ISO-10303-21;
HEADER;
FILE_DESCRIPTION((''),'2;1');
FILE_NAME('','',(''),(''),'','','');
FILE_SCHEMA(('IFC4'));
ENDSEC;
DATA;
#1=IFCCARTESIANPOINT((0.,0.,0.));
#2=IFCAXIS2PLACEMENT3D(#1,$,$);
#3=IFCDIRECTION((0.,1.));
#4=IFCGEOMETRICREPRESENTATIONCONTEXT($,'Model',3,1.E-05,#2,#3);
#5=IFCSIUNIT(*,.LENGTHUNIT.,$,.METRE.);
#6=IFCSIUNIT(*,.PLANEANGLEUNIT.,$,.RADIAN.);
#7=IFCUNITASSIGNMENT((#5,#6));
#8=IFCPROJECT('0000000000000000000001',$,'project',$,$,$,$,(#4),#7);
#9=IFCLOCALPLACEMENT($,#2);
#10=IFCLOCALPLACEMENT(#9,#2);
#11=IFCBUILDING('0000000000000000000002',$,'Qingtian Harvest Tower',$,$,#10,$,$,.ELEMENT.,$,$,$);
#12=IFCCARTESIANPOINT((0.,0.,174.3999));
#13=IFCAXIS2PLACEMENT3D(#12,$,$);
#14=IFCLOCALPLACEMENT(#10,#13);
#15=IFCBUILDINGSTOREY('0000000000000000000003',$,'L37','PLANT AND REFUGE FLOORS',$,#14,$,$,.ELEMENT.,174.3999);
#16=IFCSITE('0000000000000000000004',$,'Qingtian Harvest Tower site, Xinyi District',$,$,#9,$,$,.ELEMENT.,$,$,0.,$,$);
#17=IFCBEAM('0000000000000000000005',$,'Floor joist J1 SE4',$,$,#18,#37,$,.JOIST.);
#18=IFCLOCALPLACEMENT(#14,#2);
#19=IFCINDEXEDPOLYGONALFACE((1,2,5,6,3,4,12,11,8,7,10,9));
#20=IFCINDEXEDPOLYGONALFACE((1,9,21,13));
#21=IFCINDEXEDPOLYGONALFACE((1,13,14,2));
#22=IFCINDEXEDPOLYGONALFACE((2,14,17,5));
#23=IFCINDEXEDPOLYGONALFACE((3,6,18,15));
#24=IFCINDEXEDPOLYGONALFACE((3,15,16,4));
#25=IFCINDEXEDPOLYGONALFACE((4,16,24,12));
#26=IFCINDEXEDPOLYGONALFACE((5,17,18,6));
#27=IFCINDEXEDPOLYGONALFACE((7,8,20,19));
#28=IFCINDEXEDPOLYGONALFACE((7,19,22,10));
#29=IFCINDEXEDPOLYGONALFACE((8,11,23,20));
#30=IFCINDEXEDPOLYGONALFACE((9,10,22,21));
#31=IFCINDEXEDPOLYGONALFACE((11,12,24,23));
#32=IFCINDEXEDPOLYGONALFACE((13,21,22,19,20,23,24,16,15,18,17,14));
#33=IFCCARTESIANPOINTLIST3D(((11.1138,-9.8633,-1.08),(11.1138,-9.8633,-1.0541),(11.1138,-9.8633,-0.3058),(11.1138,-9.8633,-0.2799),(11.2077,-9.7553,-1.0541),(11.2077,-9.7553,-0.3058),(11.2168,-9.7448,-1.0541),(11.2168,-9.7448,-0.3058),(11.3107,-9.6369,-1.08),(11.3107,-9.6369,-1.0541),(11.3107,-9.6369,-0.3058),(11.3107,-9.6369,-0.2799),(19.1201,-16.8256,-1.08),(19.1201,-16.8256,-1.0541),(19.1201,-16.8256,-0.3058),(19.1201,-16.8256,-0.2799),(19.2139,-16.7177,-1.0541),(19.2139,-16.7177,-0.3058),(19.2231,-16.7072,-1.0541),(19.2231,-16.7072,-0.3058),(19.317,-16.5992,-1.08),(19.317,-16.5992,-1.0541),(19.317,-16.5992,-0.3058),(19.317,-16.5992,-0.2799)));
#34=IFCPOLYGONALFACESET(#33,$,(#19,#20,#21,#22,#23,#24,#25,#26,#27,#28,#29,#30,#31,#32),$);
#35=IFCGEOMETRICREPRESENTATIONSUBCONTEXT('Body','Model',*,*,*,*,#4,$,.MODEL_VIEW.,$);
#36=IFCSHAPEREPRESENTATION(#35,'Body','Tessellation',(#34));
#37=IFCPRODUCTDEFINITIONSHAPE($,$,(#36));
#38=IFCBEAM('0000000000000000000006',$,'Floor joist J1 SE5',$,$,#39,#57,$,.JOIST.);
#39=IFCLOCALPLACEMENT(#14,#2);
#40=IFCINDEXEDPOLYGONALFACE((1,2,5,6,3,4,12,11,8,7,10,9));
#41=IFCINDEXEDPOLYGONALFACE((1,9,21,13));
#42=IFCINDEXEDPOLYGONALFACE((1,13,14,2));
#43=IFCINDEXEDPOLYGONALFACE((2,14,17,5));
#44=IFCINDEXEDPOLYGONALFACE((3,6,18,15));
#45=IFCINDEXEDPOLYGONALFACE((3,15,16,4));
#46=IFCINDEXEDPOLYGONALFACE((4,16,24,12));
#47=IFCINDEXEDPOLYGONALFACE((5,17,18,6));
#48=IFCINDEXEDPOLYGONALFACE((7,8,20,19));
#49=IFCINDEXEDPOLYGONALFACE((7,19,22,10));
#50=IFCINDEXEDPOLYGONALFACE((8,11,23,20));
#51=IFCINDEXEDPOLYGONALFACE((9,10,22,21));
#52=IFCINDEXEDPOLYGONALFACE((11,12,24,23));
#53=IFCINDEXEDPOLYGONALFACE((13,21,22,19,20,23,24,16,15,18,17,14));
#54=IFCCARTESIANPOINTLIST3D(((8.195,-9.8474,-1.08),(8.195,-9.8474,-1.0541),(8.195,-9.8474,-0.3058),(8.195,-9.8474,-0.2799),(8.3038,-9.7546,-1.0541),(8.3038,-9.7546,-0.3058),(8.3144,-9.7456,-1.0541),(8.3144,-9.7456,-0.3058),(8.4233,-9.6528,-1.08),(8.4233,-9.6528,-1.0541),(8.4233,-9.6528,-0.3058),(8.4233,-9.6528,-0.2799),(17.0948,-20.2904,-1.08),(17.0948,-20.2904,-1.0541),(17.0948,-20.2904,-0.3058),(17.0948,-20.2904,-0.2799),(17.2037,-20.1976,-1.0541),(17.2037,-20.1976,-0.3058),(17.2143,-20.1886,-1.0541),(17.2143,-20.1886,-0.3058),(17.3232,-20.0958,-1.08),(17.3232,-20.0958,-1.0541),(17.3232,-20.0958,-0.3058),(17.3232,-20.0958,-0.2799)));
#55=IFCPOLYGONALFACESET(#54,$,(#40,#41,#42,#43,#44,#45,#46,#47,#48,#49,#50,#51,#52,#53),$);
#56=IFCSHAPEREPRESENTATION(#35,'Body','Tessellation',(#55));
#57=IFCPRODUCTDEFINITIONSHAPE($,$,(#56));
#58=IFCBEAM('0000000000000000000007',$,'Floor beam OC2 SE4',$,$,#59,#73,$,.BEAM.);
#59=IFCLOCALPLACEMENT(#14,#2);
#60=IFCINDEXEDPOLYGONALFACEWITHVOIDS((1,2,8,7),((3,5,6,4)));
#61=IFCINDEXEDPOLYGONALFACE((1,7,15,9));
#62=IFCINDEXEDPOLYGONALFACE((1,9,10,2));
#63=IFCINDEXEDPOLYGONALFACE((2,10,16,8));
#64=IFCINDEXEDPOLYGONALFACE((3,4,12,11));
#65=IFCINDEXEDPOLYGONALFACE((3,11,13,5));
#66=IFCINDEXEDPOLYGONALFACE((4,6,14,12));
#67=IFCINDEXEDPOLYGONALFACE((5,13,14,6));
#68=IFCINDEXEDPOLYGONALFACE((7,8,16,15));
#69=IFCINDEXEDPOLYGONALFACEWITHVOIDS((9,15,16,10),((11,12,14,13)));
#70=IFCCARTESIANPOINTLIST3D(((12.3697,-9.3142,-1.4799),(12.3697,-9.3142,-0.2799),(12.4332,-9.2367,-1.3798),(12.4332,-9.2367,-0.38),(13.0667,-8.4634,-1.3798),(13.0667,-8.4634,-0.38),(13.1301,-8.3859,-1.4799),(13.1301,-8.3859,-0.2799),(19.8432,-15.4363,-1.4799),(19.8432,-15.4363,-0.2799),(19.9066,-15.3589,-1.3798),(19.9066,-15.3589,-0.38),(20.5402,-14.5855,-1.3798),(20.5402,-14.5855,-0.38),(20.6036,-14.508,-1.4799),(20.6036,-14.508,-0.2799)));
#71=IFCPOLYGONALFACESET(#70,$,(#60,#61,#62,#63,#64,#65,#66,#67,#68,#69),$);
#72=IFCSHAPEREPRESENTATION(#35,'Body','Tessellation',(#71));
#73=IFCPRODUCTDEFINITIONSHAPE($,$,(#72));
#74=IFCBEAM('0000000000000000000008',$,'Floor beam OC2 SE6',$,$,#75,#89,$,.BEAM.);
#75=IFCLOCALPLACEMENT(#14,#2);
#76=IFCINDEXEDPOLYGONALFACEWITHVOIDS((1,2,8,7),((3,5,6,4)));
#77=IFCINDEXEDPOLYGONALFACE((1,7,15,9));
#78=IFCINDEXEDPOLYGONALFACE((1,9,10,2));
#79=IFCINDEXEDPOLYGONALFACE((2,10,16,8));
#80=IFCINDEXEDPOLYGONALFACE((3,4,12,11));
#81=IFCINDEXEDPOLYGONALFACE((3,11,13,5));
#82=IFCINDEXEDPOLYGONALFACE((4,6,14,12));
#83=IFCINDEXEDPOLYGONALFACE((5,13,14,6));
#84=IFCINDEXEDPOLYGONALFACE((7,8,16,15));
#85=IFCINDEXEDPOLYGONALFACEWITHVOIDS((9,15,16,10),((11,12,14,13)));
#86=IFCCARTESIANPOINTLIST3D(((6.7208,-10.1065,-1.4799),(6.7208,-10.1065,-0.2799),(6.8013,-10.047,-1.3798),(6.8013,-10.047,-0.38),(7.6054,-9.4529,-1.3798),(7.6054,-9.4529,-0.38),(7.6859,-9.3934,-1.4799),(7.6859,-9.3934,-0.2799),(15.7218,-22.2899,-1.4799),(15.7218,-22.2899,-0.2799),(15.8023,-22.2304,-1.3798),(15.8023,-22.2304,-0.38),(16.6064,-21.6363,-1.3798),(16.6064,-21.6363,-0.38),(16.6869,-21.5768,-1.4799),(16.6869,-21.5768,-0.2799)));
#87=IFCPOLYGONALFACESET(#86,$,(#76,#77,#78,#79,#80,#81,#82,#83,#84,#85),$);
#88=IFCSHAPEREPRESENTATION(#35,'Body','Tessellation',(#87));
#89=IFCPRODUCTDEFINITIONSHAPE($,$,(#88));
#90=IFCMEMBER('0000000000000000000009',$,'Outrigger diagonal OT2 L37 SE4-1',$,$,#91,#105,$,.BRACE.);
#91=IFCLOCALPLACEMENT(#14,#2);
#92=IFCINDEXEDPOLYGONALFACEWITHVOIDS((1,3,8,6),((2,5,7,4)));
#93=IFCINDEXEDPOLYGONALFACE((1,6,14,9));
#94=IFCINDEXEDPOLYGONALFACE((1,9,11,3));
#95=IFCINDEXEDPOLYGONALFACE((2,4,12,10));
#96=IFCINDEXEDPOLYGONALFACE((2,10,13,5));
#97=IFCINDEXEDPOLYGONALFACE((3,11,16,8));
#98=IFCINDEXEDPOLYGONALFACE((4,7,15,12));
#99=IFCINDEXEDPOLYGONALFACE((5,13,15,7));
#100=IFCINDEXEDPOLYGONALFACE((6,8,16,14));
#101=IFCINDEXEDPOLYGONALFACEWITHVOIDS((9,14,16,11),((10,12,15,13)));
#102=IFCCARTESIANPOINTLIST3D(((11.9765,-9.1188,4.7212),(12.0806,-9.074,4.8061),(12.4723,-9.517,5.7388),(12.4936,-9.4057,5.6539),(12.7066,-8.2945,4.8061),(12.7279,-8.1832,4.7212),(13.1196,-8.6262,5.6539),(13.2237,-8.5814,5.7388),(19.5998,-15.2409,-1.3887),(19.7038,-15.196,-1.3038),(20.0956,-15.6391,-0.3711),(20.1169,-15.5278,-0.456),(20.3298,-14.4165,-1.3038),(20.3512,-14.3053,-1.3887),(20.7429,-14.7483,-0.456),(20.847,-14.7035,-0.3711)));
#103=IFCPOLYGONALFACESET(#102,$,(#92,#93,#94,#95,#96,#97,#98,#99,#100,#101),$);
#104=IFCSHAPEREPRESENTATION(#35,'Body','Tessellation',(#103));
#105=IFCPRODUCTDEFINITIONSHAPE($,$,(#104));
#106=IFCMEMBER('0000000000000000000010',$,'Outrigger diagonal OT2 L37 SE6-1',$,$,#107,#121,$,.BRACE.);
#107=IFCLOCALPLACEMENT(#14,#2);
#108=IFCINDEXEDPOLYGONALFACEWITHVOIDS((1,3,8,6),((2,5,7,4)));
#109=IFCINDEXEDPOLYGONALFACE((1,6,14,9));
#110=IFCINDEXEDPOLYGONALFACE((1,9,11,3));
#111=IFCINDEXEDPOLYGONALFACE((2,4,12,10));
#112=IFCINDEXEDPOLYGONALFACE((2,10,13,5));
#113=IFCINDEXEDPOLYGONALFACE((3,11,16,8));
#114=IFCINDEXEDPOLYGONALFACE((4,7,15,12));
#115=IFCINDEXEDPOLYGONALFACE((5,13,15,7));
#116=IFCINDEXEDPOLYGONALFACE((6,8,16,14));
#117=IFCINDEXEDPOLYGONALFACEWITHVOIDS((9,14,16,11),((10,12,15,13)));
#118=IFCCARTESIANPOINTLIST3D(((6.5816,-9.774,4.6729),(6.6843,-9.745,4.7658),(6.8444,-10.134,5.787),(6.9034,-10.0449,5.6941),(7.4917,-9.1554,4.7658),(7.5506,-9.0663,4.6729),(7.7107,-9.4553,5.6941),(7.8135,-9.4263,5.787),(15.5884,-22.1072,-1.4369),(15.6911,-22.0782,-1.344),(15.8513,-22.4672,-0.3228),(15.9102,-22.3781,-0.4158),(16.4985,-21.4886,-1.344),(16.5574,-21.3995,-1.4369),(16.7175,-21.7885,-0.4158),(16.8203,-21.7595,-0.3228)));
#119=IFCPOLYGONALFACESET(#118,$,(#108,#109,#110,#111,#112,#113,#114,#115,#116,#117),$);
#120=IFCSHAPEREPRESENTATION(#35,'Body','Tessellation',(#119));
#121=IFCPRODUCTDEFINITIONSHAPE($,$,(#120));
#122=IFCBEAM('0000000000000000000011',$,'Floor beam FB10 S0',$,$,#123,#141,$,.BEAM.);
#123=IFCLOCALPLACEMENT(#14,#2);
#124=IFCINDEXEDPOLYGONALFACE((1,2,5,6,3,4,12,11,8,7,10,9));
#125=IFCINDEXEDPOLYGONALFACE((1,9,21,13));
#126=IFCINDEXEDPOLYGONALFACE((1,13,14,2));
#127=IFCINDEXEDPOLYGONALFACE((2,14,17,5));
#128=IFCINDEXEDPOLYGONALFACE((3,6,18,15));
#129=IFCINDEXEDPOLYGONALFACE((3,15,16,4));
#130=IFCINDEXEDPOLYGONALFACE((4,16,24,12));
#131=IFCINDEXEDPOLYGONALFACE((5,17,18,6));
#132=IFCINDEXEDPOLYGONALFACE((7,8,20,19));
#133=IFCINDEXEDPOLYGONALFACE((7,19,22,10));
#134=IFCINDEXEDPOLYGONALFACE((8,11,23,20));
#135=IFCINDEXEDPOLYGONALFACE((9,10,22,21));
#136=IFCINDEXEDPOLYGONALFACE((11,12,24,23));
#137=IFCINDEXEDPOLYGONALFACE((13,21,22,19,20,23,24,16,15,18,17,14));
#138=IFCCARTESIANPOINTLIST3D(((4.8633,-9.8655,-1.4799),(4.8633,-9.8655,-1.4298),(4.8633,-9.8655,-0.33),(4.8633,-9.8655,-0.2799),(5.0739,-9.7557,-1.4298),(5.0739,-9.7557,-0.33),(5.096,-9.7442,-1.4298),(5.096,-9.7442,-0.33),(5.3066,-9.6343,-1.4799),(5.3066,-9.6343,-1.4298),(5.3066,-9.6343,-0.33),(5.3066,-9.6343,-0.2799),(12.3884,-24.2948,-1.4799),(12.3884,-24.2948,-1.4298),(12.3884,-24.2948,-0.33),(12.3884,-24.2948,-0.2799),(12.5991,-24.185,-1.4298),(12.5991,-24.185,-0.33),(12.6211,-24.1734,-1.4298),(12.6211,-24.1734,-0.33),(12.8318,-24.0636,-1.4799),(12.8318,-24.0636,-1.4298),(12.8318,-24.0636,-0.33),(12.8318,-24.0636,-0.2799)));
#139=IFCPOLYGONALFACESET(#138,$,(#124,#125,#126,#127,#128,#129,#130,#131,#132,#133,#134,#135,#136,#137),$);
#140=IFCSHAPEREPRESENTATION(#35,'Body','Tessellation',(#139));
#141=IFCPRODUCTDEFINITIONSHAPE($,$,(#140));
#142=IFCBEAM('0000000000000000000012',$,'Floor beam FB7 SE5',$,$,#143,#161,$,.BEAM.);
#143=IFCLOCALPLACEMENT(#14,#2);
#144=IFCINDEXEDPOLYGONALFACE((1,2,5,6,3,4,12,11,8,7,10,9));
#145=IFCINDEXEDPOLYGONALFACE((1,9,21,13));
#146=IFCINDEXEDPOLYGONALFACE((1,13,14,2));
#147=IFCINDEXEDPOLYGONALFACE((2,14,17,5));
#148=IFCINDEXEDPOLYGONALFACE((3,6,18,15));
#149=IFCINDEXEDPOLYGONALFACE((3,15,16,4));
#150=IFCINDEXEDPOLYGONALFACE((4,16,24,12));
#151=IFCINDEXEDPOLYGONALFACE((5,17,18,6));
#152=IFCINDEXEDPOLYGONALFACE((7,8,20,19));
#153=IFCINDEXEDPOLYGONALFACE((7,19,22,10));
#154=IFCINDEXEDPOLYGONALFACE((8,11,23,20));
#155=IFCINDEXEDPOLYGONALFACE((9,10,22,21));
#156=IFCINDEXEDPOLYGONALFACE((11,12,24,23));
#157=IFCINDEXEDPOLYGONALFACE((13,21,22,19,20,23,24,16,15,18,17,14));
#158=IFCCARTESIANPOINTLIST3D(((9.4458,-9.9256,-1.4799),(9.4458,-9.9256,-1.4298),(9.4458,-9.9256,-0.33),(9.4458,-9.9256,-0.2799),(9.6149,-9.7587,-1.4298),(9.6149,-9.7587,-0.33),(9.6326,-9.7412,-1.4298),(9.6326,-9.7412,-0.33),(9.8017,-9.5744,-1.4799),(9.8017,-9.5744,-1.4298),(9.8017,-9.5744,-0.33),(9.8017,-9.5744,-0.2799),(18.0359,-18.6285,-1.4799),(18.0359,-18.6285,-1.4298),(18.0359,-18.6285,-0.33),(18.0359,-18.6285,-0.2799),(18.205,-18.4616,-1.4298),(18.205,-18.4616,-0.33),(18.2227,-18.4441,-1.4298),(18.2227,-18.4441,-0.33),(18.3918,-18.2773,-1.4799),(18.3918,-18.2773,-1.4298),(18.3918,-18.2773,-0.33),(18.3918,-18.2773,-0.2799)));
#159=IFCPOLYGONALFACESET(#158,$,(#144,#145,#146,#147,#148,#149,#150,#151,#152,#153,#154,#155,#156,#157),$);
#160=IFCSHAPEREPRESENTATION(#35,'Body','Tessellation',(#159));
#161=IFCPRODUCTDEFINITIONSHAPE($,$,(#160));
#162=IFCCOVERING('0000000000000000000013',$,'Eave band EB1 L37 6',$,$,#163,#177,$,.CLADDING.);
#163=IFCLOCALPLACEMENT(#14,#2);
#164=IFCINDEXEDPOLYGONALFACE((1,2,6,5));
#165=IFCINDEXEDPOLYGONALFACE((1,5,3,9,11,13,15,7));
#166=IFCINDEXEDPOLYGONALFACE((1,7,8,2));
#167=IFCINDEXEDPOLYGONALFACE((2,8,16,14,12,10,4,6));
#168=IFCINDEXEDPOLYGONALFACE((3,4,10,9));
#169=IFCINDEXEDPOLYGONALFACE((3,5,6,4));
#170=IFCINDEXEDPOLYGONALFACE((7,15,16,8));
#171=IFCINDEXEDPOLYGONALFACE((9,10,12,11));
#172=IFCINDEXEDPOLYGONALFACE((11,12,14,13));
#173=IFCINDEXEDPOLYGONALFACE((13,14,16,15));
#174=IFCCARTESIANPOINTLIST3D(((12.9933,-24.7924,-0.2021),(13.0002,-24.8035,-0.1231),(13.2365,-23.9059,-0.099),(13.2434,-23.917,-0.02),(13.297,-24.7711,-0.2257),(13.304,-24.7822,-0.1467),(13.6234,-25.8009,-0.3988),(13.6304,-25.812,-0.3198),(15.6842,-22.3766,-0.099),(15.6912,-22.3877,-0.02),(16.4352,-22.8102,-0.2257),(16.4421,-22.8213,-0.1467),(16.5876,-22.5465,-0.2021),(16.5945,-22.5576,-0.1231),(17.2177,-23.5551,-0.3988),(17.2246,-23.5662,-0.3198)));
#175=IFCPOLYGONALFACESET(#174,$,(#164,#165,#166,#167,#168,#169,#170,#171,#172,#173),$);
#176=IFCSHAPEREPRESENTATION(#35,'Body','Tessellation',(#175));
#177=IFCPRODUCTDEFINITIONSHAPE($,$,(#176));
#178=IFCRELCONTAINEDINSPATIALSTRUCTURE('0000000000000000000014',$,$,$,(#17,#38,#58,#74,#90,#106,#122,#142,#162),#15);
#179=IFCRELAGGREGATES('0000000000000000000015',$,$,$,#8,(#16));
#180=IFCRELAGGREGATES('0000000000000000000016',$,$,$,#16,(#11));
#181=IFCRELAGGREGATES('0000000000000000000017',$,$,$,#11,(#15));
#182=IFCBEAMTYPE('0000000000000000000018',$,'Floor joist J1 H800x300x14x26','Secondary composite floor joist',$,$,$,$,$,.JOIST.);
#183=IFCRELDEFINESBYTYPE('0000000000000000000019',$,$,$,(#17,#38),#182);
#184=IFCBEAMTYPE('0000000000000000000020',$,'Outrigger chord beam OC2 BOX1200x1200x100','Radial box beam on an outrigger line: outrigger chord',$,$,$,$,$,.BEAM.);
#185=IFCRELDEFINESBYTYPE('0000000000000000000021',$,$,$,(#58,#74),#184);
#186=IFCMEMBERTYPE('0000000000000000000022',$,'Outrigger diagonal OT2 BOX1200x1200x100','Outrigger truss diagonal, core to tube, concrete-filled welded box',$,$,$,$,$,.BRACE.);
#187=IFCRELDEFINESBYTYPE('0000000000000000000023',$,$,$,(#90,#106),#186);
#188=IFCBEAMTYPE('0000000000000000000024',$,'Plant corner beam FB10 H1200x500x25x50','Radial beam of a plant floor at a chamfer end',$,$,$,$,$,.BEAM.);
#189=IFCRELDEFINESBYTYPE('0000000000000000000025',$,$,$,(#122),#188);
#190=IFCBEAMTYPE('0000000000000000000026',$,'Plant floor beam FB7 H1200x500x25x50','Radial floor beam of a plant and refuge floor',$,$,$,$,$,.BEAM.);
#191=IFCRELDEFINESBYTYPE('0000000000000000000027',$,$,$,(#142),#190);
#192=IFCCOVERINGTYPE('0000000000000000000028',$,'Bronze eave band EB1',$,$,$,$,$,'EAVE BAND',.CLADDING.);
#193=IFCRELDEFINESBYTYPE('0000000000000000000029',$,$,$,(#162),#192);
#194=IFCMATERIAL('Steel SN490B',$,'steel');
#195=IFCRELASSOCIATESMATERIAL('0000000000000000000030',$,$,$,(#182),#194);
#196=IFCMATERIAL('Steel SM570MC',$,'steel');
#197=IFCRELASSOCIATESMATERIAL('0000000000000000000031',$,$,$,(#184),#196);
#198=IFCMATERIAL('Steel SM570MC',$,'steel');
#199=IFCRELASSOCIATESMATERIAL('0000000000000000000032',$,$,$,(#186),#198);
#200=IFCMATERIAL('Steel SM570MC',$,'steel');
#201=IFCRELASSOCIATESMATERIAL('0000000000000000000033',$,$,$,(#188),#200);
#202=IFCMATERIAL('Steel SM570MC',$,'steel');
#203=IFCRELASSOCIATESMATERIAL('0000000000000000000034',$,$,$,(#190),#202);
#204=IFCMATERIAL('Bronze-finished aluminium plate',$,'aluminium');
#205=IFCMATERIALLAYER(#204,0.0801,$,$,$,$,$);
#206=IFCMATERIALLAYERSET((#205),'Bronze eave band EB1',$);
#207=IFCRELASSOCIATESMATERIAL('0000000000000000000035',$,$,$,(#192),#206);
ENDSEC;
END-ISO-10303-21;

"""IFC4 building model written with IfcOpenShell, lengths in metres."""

from ifc_helpers import new_model, si_unit, direction, frame, origin, origin_2d, place, context, subcontext, project, spatial, polyline, hollow_rectangle, i_section, outline, extrude, material, layer, layer_set, material_profile, profile_set, type_object, element, save


model = new_model("IFC4")

# Units and contexts
model_context = context("Model", 3, precision=1e-05, world=origin(), true_north=direction((0.0, 1.0)))
body_context = subcontext(model_context, "Body", "Model", "MODEL_VIEW")
ifc_project = project(units=[si_unit("LENGTHUNIT", "METRE"), si_unit("PLANEANGLEUNIT", "RADIAN")], contexts=[model_context])

# Site, building, storey
site_placement = place(None, origin())
site = spatial("IfcSite", under=ifc_project, at=site_placement, Name="Qingtian Harvest Tower site, Xinyi District", CompositionType="ELEMENT", RefElevation=0.0)
building_placement = place(site_placement, origin())
building = spatial("IfcBuilding", under=site, at=building_placement, Name="Qingtian Harvest Tower", CompositionType="ELEMENT")
storey_placement = place(building_placement, frame((0.0, 0.0, 174.3999)))
storey = spatial("IfcBuildingStorey", under=building, at=storey_placement, Name="L37", Description="PLANT AND REFUGE FLOORS", CompositionType="ELEMENT", Elevation=174.3999)

# Beams
ifc_material_1 = material(Name="Steel SN490B", Category="steel")
ifc_material_profile_1 = material_profile(ifc_material_1, i_section(OverallWidth=0.3, OverallDepth=0.8, WebThickness=0.0139, FlangeThickness=0.0259, at=origin_2d()), Name="H800x300x14x26")
ifc_profile_set_1 = profile_set([ifc_material_profile_1], Name="Steel SN490B")
beam_type_1 = type_object("IfcBeamType", Name="Floor joist J1 H800x300x14x26", Description="Secondary composite floor joist", PredefinedType="JOIST", material=ifc_profile_set_1)
beam_1_placement = place(storey_placement, frame((19.2185, -16.7124, -0.6799), z_axis=(-0.754589, 0.656198, 0.0), x_axis=(-0.656198, -0.754589, 0.0)))
element("IfcBeam", 1, at=beam_1_placement, inside=storey, type_object=beam_type_1, Name="Floor joist J1 SE4", PredefinedType="JOIST", context=body_context, shape_type="SweptSolid", body=[
    extrude(i_section(OverallWidth=0.3, OverallDepth=0.8, WebThickness=0.0139, FlangeThickness=0.0259, at=origin_2d()), origin(), (0.0, 0.0, 1.0), 10.6101),
])
beam_2_placement = place(storey_placement, frame((17.209, -20.1931, -0.6799), z_axis=(-0.648632, 0.761102, 0.0), x_axis=(-0.761102, -0.648632, 0.0)))
element("IfcBeam", 2, at=beam_2_placement, inside=storey, type_object=beam_type_1, Name="Floor joist J1 SE5", PredefinedType="JOIST", context=body_context, shape_type="SweptSolid", body=[
    extrude(i_section(OverallWidth=0.3, OverallDepth=0.8, WebThickness=0.0139, FlangeThickness=0.0259, at=origin_2d()), origin(), (0.0, 0.0, 1.0), 13.7209),
])
ifc_material_2 = material(Name="Steel SM570MC", Category="steel")
ifc_material_profile_2 = material_profile(ifc_material_2, hollow_rectangle(XDim=1.2, YDim=1.2, WallThickness=0.1001, at=origin_2d()), Name="BOX1200x1200x100")
ifc_profile_set_2 = profile_set([ifc_material_profile_2], Name="Steel SM570MC")
beam_type_2 = type_object("IfcBeamType", Name="Outrigger chord beam OC2 BOX1200x1200x100", Description="Radial box beam on an outrigger line: outrigger chord", PredefinedType="BEAM", material=ifc_profile_set_2)
beam_3_placement = place(storey_placement, frame((20.2234, -14.9722, -0.8799), z_axis=(-0.773578, 0.633701, 0.0), x_axis=(-0.633701, -0.773578, 0.0)))
element("IfcBeam", 3, at=beam_3_placement, inside=storey, type_object=beam_type_2, Name="Floor beam OC2 SE4", PredefinedType="BEAM", context=body_context, shape_type="SweptSolid", body=[
    extrude(hollow_rectangle(XDim=1.2, YDim=1.2, WallThickness=0.1001, at=origin_2d()), origin(), (0.0, 0.0, 1.0), 9.6609),
])
beam_4_placement = place(storey_placement, frame((16.2043, -21.9333, -0.8799), z_axis=(-0.594216, 0.804306, 0.0), x_axis=(-0.804306, -0.594216, 0.0)))
element("IfcBeam", 4, at=beam_4_placement, inside=storey, type_object=beam_type_2, Name="Floor beam OC2 SE6", PredefinedType="BEAM", context=body_context, shape_type="SweptSolid", body=[
    extrude(hollow_rectangle(XDim=1.2, YDim=1.2, WallThickness=0.1001, at=origin_2d()), origin(), (0.0, 0.0, 1.0), 15.1477),
])

# Members
ifc_material_3 = material(Name="Steel SM570MC", Category="steel")
ifc_material_profile_3 = material_profile(ifc_material_3, hollow_rectangle(XDim=1.2, YDim=1.2, WallThickness=0.1001, at=origin_2d()), Name="BOX1200x1200x100")
ifc_profile_set_3 = profile_set([ifc_material_profile_3], Name="Steel SM570MC")
member_type_1 = type_object("IfcMemberType", Name="Outrigger diagonal OT2 BOX1200x1200x100", Description="Outrigger truss diagonal, core to tube, concrete-filled welded box", PredefinedType="BRACE", material=ifc_profile_set_3)
member_1_placement = place(storey_placement, frame((20.2234, -14.9722, -0.8799), z_axis=(-0.66121, 0.531001, 0.529942), x_axis=(-0.626156, -0.779698, 0.0)))
element("IfcMember", 5, at=member_1_placement, inside=storey, type_object=member_type_1, Name="Outrigger diagonal OT2 L37 SE4-1", PredefinedType="BRACE", context=body_context, shape_type="SweptSolid", body=[
    extrude(hollow_rectangle(XDim=1.2, YDim=1.2, WallThickness=0.1001, at=origin_2d()), origin(), (0.0, 0.0, 1.0), 11.5293),
])
member_2_placement = place(storey_placement, frame((16.2043, -21.9333, -0.8799), z_axis=(-0.547568, 0.749797, 0.371448), x_axis=(-0.807576, -0.589764, 0.0)))
element("IfcMember", 6, at=member_2_placement, inside=storey, type_object=member_type_1, Name="Outrigger diagonal OT2 L37 SE6-1", PredefinedType="BRACE", context=body_context, shape_type="SweptSolid", body=[
    extrude(hollow_rectangle(XDim=1.2, YDim=1.2, WallThickness=0.1001, at=origin_2d()), origin(), (0.0, 0.0, 1.0), 16.4487),
])

# Beams
ifc_material_4 = material(Name="Steel SM570MC", Category="steel")
ifc_material_profile_4 = material_profile(ifc_material_4, i_section(OverallWidth=0.5, OverallDepth=1.2, WebThickness=0.0249, FlangeThickness=0.05, at=origin_2d()), Name="H1200x500x25x50")
ifc_profile_set_4 = profile_set([ifc_material_profile_4], Name="Steel SM570MC")
beam_type_3 = type_object("IfcBeamType", Name="Plant corner beam FB10 H1200x500x25x50", Description="Radial beam of a plant floor at a chamfer end", PredefinedType="BEAM", material=ifc_profile_set_4)
beam_5_placement = place(storey_placement, frame((12.6101, -24.1792, -0.8799), z_axis=(-0.462415, 0.886664, 0.0), x_axis=(-0.886664, -0.462415, 0.0)))
element("IfcBeam", 7, at=beam_5_placement, inside=storey, type_object=beam_type_3, Name="Floor beam FB10 S0", PredefinedType="BEAM", context=body_context, shape_type="SweptSolid", body=[
    extrude(i_section(OverallWidth=0.5, OverallDepth=1.2, WebThickness=0.0249, FlangeThickness=0.05, at=origin_2d()), origin(), (0.0, 0.0, 1.0), 16.2737),
])
ifc_material_5 = material(Name="Steel SM570MC", Category="steel")
ifc_material_profile_5 = material_profile(ifc_material_5, i_section(OverallWidth=0.5, OverallDepth=1.2, WebThickness=0.0249, FlangeThickness=0.05, at=origin_2d()), Name="H1200x500x25x50")
ifc_profile_set_5 = profile_set([ifc_material_profile_5], Name="Steel SM570MC")
beam_type_4 = type_object("IfcBeamType", Name="Plant floor beam FB7 H1200x500x25x50", Description="Radial floor beam of a plant and refuge floor", PredefinedType="BEAM", material=ifc_profile_set_5)
beam_6_placement = place(storey_placement, frame((18.2139, -18.4529, -0.8799), z_axis=(-0.70248, 0.711704, 0.0), x_axis=(-0.711704, -0.70248, 0.0)))
element("IfcBeam", 8, at=beam_6_placement, inside=storey, type_object=beam_type_4, Name="Floor beam FB7 SE5", PredefinedType="BEAM", context=body_context, shape_type="SweptSolid", body=[
    extrude(i_section(OverallWidth=0.5, OverallDepth=1.2, WebThickness=0.0249, FlangeThickness=0.05, at=origin_2d()), origin(), (0.0, 0.0, 1.0), 12.2283),
])

# Covering
ifc_material_6 = material(Name="Bronze-finished aluminium plate", Category="aluminium")
ifc_layer_1 = layer(ifc_material_6, 0.0801)
ifc_layer_set_1 = layer_set([ifc_layer_1], Name="Bronze eave band EB1")
covering_type = type_object("IfcCoveringType", Name="Bronze eave band EB1", ElementType="EAVE BAND", PredefinedType="CLADDING", material=ifc_layer_set_1)
covering_1_placement = place(storey_placement, frame((15.6912, -22.3877, -0.02), z_axis=(0.086496, -0.138429, 0.986588), x_axis=(0.85692, -0.494766, -0.144548)))
element("IfcCovering", 9, at=covering_1_placement, inside=storey, type_object=covering_type, Name="Eave band EB1 L37 6", PredefinedType="CLADDING", context=body_context, shape_type="SweptSolid", body=[
    extrude(outline(polyline([(0.0, 0.0), (0.8764, 0.0), (0.873, 0.3054), (1.9404, -0.2546), (-0.0284, -4.0077), (-1.0958, -3.4477), (-0.8426, -3.277), (-1.3409, -2.5558), (0.0, 0.0)])), origin(), (0.0, 0.0, -1.0), 0.0801),
])

save(model, "model.ifc")
